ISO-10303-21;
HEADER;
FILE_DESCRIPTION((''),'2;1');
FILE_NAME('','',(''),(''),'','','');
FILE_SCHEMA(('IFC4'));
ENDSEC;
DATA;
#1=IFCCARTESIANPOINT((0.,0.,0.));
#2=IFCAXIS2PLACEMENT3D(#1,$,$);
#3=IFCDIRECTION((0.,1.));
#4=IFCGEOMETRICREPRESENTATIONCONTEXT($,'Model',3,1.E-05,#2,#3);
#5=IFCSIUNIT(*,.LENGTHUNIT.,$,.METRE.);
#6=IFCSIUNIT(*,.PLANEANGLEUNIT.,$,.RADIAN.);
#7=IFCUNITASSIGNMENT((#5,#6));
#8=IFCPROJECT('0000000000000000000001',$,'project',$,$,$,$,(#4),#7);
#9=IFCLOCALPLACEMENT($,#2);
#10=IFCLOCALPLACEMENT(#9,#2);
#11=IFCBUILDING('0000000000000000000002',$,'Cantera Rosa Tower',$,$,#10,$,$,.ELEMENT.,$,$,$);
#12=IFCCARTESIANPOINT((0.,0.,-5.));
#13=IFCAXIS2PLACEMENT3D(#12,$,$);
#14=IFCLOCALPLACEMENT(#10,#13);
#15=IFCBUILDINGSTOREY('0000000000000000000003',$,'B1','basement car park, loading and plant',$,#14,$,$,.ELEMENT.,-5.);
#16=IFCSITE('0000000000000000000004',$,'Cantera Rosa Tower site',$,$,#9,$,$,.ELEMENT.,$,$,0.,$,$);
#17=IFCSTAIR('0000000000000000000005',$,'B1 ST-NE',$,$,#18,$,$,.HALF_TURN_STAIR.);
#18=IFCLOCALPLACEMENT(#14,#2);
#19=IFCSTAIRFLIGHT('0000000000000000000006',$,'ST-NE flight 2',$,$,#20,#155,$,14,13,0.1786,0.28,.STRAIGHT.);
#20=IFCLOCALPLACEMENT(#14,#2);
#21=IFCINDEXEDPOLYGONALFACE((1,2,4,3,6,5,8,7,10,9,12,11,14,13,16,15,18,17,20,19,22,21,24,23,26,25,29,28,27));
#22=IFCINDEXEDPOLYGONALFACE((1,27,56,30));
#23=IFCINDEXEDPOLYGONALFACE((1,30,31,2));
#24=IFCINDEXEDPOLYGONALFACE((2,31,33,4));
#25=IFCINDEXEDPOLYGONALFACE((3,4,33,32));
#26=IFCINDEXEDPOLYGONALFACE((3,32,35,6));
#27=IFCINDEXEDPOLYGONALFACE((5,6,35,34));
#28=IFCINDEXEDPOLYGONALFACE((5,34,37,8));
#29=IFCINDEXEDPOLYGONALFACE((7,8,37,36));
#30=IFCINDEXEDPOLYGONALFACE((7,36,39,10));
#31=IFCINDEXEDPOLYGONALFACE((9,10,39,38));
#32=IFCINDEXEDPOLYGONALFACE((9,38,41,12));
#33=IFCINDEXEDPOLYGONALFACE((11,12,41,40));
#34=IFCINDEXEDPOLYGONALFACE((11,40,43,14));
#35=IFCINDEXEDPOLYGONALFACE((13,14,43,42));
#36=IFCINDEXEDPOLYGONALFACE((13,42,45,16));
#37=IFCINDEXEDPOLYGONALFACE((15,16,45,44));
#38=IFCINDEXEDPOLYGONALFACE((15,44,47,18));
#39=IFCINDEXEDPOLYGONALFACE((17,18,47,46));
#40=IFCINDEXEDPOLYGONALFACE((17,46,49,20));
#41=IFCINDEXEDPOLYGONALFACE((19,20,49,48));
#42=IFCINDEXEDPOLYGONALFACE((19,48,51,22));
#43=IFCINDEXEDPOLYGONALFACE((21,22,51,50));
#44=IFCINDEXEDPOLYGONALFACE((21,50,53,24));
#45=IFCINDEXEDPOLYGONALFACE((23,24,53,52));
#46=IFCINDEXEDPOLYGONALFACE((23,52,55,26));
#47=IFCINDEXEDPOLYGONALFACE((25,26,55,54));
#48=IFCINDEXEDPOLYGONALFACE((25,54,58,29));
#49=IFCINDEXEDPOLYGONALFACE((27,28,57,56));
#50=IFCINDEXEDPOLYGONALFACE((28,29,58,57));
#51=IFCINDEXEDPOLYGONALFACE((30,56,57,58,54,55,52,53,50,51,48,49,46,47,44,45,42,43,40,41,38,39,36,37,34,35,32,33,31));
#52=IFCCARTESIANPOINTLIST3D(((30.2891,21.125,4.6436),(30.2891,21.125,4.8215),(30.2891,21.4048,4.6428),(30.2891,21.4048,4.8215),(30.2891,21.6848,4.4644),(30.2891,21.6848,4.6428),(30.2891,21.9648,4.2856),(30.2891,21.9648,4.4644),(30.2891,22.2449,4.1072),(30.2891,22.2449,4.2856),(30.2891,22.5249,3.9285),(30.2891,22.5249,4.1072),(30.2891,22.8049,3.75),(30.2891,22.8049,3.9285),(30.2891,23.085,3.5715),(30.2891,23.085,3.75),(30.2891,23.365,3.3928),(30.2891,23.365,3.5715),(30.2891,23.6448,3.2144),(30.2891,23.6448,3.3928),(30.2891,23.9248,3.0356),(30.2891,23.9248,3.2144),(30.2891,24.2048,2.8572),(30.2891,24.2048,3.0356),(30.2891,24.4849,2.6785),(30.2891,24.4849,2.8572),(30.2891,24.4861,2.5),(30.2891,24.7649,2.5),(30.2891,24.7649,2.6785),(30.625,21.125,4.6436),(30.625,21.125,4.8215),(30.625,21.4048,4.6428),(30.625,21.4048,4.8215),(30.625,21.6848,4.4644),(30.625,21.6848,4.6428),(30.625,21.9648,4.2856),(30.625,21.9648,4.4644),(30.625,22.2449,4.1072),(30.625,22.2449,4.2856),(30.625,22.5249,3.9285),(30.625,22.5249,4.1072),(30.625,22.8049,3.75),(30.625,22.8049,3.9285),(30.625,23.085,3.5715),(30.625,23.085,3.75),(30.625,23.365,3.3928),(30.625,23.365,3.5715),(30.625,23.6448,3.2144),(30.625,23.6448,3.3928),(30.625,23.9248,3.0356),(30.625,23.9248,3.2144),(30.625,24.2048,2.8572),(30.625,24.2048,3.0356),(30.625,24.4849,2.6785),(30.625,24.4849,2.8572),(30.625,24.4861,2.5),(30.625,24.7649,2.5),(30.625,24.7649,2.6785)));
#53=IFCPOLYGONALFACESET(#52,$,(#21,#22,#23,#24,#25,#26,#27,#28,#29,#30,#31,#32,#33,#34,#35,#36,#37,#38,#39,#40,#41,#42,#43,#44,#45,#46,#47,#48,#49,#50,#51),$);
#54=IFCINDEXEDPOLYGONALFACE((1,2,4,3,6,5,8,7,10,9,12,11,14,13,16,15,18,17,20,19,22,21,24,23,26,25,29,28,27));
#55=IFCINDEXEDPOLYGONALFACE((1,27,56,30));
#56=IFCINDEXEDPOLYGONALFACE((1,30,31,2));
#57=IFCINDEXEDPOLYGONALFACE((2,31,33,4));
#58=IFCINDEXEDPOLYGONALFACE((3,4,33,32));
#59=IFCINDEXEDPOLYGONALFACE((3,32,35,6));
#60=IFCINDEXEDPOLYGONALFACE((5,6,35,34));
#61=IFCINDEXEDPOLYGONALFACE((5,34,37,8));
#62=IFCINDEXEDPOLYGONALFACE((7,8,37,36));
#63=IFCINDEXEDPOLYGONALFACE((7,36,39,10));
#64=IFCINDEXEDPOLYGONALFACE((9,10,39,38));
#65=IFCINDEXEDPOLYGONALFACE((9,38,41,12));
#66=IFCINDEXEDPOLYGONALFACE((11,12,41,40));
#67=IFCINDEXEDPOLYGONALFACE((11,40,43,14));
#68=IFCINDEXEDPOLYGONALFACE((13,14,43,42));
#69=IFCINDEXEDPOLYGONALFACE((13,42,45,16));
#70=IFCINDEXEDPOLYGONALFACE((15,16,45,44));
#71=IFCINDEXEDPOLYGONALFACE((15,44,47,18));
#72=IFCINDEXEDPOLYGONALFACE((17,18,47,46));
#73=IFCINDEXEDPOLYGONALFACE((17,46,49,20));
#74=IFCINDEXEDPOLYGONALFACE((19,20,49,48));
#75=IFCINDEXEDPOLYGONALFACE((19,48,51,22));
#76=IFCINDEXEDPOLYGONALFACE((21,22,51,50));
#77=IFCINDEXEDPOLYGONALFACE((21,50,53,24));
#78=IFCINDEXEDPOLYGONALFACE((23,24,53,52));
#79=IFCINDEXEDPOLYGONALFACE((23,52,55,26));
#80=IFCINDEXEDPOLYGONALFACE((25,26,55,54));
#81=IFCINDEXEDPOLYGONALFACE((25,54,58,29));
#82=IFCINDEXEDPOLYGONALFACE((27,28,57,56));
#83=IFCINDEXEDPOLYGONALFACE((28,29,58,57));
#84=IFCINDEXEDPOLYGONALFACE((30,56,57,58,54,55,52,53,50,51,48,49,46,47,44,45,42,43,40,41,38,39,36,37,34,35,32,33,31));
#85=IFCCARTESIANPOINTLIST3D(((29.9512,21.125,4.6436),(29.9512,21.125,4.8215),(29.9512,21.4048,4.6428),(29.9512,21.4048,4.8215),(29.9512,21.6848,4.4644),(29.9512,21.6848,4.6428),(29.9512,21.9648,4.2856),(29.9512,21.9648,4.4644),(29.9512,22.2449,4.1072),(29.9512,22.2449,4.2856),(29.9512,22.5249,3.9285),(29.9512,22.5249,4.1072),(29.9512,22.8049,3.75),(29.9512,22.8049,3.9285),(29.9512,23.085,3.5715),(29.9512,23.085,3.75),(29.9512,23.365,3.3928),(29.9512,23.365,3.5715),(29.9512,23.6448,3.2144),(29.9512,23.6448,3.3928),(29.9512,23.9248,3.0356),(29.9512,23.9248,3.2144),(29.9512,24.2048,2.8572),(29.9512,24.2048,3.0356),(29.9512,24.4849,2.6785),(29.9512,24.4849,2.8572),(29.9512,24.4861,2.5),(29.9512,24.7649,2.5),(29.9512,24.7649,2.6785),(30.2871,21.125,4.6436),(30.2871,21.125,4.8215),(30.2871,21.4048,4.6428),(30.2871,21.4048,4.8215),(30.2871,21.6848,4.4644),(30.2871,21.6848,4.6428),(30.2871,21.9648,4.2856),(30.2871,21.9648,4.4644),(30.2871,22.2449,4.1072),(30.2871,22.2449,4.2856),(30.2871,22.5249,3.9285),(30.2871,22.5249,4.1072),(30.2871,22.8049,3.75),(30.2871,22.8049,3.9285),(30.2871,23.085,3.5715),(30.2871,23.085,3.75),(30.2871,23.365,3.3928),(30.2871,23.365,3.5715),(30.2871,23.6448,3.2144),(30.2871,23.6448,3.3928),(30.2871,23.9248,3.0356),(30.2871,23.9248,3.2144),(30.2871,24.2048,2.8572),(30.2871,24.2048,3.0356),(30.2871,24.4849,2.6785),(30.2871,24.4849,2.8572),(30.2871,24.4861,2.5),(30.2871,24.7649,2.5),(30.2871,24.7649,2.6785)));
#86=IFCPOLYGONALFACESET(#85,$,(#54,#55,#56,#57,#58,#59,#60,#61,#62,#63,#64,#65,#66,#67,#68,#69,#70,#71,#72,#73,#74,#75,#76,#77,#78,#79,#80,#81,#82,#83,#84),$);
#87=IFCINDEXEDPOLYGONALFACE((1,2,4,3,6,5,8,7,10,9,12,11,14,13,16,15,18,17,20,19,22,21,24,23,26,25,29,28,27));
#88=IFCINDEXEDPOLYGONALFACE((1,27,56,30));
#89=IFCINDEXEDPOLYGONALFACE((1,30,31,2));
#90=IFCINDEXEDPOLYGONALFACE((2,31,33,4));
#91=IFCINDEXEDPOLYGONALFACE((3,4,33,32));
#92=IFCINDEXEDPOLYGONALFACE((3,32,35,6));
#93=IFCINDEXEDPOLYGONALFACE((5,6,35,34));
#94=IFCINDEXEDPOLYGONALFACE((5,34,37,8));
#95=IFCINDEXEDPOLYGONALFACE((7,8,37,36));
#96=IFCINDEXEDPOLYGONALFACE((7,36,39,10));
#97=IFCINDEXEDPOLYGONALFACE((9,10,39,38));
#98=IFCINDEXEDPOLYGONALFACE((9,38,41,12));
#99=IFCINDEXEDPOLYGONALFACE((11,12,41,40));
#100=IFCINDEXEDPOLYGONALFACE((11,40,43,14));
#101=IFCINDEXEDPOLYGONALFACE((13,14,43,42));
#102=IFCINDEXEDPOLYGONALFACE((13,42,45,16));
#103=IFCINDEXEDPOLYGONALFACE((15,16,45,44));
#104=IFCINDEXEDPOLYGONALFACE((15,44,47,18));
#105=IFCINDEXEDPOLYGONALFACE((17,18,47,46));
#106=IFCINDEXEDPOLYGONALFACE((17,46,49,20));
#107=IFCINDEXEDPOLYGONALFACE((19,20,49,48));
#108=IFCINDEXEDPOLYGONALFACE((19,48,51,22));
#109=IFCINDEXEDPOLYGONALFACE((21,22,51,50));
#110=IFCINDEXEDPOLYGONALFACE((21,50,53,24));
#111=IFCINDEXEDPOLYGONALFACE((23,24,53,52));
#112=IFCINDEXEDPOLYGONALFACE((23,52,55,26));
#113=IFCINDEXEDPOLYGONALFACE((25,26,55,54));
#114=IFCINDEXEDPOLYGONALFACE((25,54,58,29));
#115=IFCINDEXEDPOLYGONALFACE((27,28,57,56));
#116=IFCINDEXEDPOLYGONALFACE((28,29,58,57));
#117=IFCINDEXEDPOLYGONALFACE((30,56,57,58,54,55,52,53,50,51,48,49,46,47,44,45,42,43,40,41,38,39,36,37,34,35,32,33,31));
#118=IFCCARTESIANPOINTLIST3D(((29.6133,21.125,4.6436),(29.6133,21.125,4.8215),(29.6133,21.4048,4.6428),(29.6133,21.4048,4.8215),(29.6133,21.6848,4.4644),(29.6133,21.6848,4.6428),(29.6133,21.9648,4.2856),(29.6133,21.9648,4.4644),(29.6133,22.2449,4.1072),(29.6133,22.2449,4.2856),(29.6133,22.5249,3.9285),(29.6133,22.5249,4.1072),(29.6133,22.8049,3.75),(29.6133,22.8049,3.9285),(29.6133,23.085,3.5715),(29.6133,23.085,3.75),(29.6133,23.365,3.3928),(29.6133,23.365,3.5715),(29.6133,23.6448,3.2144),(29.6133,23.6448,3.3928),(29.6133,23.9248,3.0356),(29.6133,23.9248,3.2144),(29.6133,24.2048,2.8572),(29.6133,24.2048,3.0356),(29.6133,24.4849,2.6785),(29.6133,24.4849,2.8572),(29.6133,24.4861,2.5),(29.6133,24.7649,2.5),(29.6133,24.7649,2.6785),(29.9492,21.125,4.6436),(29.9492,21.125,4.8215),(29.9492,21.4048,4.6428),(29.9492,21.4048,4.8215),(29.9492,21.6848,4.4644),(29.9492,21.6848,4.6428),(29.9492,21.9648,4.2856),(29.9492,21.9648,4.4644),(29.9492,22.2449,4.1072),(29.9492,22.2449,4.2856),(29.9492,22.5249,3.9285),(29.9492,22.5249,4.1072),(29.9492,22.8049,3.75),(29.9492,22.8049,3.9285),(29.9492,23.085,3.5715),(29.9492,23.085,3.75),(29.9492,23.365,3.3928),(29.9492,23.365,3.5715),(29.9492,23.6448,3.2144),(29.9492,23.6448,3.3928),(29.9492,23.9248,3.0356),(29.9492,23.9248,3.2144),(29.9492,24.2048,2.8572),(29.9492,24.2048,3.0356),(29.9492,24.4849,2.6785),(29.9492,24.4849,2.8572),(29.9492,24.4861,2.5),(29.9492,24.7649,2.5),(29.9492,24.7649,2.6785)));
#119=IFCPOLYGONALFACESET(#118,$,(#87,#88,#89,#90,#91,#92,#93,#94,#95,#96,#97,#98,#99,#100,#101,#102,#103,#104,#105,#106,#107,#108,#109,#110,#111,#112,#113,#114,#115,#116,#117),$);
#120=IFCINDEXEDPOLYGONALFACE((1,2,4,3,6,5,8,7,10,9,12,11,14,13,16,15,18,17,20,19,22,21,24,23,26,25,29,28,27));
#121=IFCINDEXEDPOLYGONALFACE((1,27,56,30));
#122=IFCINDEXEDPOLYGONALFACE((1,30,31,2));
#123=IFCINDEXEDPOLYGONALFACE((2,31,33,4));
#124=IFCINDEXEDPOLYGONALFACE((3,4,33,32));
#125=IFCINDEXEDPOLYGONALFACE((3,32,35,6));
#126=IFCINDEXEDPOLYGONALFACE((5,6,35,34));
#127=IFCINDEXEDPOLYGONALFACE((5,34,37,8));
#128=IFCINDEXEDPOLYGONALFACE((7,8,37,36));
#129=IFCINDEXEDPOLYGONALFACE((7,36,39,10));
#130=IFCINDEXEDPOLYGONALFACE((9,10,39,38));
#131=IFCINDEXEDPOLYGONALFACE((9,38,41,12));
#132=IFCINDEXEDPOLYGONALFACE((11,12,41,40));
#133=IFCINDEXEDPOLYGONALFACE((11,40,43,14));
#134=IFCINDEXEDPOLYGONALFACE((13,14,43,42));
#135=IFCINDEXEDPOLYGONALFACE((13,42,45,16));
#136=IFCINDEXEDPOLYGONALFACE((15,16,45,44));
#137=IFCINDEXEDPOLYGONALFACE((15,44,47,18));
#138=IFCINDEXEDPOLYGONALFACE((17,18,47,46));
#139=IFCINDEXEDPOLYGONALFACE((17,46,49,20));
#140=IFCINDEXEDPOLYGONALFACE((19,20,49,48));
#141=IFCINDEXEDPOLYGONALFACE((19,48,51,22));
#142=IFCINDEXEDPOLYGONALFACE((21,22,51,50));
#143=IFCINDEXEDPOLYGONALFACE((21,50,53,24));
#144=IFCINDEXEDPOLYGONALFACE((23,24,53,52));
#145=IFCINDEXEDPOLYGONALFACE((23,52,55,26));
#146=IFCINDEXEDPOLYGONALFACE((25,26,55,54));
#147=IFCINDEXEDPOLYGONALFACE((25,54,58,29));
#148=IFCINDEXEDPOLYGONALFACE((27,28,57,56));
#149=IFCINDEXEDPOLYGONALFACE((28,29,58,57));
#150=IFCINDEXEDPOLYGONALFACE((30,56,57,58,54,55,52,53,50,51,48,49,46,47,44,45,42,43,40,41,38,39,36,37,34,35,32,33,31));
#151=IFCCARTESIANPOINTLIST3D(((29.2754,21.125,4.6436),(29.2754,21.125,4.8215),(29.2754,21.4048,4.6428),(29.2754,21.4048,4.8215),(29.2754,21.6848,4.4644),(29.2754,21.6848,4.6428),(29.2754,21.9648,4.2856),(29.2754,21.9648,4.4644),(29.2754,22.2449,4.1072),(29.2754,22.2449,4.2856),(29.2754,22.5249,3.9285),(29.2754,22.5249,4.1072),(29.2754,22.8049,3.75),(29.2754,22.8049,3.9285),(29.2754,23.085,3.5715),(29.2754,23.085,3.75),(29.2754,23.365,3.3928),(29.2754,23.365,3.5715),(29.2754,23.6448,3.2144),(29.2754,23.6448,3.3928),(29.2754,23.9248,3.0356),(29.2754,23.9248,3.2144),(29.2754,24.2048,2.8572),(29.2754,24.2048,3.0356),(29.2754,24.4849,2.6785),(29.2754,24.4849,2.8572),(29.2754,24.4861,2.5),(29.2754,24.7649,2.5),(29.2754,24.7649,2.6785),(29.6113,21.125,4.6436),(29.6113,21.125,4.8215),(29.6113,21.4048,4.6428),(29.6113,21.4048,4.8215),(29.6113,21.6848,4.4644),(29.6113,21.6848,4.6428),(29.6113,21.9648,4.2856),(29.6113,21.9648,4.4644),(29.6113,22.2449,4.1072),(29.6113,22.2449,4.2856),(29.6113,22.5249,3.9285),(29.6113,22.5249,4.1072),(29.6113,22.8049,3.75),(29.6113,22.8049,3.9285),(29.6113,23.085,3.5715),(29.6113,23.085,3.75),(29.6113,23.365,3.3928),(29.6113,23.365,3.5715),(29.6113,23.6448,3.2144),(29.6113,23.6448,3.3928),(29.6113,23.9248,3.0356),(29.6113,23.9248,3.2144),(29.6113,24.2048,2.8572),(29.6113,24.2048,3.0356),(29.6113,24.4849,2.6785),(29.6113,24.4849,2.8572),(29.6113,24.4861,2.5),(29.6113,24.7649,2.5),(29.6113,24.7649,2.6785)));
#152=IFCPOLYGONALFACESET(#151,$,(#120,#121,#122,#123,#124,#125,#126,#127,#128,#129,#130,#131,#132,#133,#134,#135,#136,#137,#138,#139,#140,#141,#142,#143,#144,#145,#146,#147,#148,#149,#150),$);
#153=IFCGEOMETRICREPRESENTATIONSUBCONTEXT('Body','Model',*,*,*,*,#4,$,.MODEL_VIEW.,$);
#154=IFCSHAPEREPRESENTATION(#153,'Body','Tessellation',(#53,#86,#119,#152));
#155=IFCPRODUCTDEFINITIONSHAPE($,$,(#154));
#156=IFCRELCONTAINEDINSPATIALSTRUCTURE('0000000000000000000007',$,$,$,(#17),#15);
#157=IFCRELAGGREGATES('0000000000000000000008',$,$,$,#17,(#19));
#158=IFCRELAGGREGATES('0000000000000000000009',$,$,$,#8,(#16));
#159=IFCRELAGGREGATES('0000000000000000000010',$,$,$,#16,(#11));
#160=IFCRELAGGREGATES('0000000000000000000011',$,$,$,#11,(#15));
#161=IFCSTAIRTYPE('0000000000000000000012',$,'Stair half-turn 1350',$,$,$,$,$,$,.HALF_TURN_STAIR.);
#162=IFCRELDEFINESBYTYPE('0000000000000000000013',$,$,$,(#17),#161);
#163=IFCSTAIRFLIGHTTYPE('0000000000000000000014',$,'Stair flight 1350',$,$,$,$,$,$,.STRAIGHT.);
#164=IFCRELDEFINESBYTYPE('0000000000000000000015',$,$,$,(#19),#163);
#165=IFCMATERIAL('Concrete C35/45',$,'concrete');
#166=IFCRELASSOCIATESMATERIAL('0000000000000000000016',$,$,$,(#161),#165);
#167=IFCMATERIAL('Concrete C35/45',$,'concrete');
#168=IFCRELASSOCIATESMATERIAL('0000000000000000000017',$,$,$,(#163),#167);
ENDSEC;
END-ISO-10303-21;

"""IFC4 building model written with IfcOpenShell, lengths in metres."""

from ifc_helpers import new_model, si_unit, direction, frame, origin, place, context, subcontext, project, spatial, polyline, outline, extrude, material, type_object, element, aggregate, save


model = new_model("IFC4")

# Units and contexts
model_context = context("Model", 3, precision=1e-05, world=origin(), true_north=direction((0.0, 1.0)))
body_context = subcontext(model_context, "Body", "Model", "MODEL_VIEW")
ifc_project = project(units=[si_unit("LENGTHUNIT", "METRE"), si_unit("PLANEANGLEUNIT", "RADIAN")], contexts=[model_context])

# Site, building, storey
site_placement = place(None, origin())
site = spatial("IfcSite", under=ifc_project, at=site_placement, Name="Cantera Rosa Tower site", CompositionType="ELEMENT", RefElevation=0.0)
building_placement = place(site_placement, origin())
building = spatial("IfcBuilding", under=site, at=building_placement, Name="Cantera Rosa Tower", CompositionType="ELEMENT")
storey_placement = place(building_placement, frame((0.0, 0.0, -5.0)))
storey = spatial("IfcBuildingStorey", under=building, at=storey_placement, Name="B1", Description="basement car park, loading and plant", CompositionType="ELEMENT", Elevation=-5.0)

# Stair, stair flight
ifc_material_1 = material(Name="Concrete C35/45", Category="concrete")
stair_type = type_object("IfcStairType", Name="Stair half-turn 1350", PredefinedType="HALF_TURN_STAIR", material=ifc_material_1)
stair_placement = place(storey_placement, origin())
stair = element("IfcStair", 1, at=stair_placement, inside=storey, type_object=stair_type, Name="B1 ST-NE", PredefinedType="HALF_TURN_STAIR")
ifc_material_2 = material(Name="Concrete C35/45", Category="concrete")
stair_flight_type = type_object("IfcStairFlightType", Name="Stair flight 1350", PredefinedType="STRAIGHT", material=ifc_material_2)
stair_flight_1_placement = place(storey_placement, frame((29.95, 24.7649, 2.5), z_axis=(0.0, 0.0, 1.0), x_axis=(0.0, -1.0, 0.0)))
stair_flight_1 = element("IfcStairFlight", 2, at=stair_flight_1_placement, type_object=stair_flight_type, Name="ST-NE flight 2", NumberOfRisers=14, NumberOfTreads=13, PredefinedType="STRAIGHT", RiserHeight=0.1786, TreadLength=0.28, context=body_context, shape_type="SweptSolid", body=[
    extrude(outline(polyline([(0.0, 0.0), (0.0, 0.1785), (0.28, 0.1785), (0.28, 0.3572), (0.5601, 0.3572), (0.5601, 0.5356), (0.8401, 0.5356), (0.8401, 0.7144), (1.1201, 0.7144), (1.1201, 0.8928), (1.3999, 0.8928), (1.3999, 1.0715), (1.6799, 1.0715), (1.6799, 1.25), (1.96, 1.25), (1.96, 1.4285), (2.24, 1.4285), (2.24, 1.6072), (2.52, 1.6072), (2.52, 1.7856), (2.8, 1.7856), (2.8, 1.9644), (3.0801, 1.9644), (3.0801, 2.1428), (3.3601, 2.1428), (3.3601, 2.3215), (3.6399, 2.3215), (3.6399, 2.5), (3.6399, 2.1436), (0.2788, 0.0), (0.0, 0.0)])), frame((0.0, 0.675, 0.0), z_axis=(0.0, -1.0, 0.0), x_axis=(1.0, 0.0, 0.0)), (0.0, 0.0, 1.0), 0.3359),
    extrude(outline(polyline([(0.0, 0.0), (0.0, 0.1785), (0.28, 0.1785), (0.28, 0.3572), (0.5601, 0.3572), (0.5601, 0.5356), (0.8401, 0.5356), (0.8401, 0.7144), (1.1201, 0.7144), (1.1201, 0.8928), (1.3999, 0.8928), (1.3999, 1.0715), (1.6799, 1.0715), (1.6799, 1.25), (1.96, 1.25), (1.96, 1.4285), (2.24, 1.4285), (2.24, 1.6072), (2.52, 1.6072), (2.52, 1.7856), (2.8, 1.7856), (2.8, 1.9644), (3.0801, 1.9644), (3.0801, 2.1428), (3.3601, 2.1428), (3.3601, 2.3215), (3.6399, 2.3215), (3.6399, 2.5), (3.6399, 2.1436), (0.2788, 0.0), (0.0, 0.0)])), frame((0.0, 0.3372, 0.0), z_axis=(0.0, -1.0, 0.0), x_axis=(1.0, 0.0, 0.0)), (0.0, 0.0, 1.0), 0.3359),
    extrude(outline(polyline([(0.0, 0.0), (0.0, 0.1785), (0.28, 0.1785), (0.28, 0.3572), (0.5601, 0.3572), (0.5601, 0.5356), (0.8401, 0.5356), (0.8401, 0.7144), (1.1201, 0.7144), (1.1201, 0.8928), (1.3999, 0.8928), (1.3999, 1.0715), (1.6799, 1.0715), (1.6799, 1.25), (1.96, 1.25), (1.96, 1.4285), (2.24, 1.4285), (2.24, 1.6072), (2.52, 1.6072), (2.52, 1.7856), (2.8, 1.7856), (2.8, 1.9644), (3.0801, 1.9644), (3.0801, 2.1428), (3.3601, 2.1428), (3.3601, 2.3215), (3.6399, 2.3215), (3.6399, 2.5), (3.6399, 2.1436), (0.2788, 0.0), (0.0, 0.0)])), frame((0.0, -0.0007, 0.0), z_axis=(0.0, -1.0, 0.0), x_axis=(1.0, 0.0, 0.0)), (0.0, 0.0, 1.0), 0.3359),
    extrude(outline(polyline([(0.0, 0.0), (0.0, 0.1785), (0.28, 0.1785), (0.28, 0.3572), (0.5601, 0.3572), (0.5601, 0.5356), (0.8401, 0.5356), (0.8401, 0.7144), (1.1201, 0.7144), (1.1201, 0.8928), (1.3999, 0.8928), (1.3999, 1.0715), (1.6799, 1.0715), (1.6799, 1.25), (1.96, 1.25), (1.96, 1.4285), (2.24, 1.4285), (2.24, 1.6072), (2.52, 1.6072), (2.52, 1.7856), (2.8, 1.7856), (2.8, 1.9644), (3.0801, 1.9644), (3.0801, 2.1428), (3.3601, 2.1428), (3.3601, 2.3215), (3.6399, 2.3215), (3.6399, 2.5), (3.6399, 2.1436), (0.2788, 0.0), (0.0, 0.0)])), frame((0.0, -0.3386, 0.0), z_axis=(0.0, -1.0, 0.0), x_axis=(1.0, 0.0, 0.0)), (0.0, 0.0, 1.0), 0.3359),
])
aggregate(stair, [stair_flight_1])

save(model, "model.ifc")
